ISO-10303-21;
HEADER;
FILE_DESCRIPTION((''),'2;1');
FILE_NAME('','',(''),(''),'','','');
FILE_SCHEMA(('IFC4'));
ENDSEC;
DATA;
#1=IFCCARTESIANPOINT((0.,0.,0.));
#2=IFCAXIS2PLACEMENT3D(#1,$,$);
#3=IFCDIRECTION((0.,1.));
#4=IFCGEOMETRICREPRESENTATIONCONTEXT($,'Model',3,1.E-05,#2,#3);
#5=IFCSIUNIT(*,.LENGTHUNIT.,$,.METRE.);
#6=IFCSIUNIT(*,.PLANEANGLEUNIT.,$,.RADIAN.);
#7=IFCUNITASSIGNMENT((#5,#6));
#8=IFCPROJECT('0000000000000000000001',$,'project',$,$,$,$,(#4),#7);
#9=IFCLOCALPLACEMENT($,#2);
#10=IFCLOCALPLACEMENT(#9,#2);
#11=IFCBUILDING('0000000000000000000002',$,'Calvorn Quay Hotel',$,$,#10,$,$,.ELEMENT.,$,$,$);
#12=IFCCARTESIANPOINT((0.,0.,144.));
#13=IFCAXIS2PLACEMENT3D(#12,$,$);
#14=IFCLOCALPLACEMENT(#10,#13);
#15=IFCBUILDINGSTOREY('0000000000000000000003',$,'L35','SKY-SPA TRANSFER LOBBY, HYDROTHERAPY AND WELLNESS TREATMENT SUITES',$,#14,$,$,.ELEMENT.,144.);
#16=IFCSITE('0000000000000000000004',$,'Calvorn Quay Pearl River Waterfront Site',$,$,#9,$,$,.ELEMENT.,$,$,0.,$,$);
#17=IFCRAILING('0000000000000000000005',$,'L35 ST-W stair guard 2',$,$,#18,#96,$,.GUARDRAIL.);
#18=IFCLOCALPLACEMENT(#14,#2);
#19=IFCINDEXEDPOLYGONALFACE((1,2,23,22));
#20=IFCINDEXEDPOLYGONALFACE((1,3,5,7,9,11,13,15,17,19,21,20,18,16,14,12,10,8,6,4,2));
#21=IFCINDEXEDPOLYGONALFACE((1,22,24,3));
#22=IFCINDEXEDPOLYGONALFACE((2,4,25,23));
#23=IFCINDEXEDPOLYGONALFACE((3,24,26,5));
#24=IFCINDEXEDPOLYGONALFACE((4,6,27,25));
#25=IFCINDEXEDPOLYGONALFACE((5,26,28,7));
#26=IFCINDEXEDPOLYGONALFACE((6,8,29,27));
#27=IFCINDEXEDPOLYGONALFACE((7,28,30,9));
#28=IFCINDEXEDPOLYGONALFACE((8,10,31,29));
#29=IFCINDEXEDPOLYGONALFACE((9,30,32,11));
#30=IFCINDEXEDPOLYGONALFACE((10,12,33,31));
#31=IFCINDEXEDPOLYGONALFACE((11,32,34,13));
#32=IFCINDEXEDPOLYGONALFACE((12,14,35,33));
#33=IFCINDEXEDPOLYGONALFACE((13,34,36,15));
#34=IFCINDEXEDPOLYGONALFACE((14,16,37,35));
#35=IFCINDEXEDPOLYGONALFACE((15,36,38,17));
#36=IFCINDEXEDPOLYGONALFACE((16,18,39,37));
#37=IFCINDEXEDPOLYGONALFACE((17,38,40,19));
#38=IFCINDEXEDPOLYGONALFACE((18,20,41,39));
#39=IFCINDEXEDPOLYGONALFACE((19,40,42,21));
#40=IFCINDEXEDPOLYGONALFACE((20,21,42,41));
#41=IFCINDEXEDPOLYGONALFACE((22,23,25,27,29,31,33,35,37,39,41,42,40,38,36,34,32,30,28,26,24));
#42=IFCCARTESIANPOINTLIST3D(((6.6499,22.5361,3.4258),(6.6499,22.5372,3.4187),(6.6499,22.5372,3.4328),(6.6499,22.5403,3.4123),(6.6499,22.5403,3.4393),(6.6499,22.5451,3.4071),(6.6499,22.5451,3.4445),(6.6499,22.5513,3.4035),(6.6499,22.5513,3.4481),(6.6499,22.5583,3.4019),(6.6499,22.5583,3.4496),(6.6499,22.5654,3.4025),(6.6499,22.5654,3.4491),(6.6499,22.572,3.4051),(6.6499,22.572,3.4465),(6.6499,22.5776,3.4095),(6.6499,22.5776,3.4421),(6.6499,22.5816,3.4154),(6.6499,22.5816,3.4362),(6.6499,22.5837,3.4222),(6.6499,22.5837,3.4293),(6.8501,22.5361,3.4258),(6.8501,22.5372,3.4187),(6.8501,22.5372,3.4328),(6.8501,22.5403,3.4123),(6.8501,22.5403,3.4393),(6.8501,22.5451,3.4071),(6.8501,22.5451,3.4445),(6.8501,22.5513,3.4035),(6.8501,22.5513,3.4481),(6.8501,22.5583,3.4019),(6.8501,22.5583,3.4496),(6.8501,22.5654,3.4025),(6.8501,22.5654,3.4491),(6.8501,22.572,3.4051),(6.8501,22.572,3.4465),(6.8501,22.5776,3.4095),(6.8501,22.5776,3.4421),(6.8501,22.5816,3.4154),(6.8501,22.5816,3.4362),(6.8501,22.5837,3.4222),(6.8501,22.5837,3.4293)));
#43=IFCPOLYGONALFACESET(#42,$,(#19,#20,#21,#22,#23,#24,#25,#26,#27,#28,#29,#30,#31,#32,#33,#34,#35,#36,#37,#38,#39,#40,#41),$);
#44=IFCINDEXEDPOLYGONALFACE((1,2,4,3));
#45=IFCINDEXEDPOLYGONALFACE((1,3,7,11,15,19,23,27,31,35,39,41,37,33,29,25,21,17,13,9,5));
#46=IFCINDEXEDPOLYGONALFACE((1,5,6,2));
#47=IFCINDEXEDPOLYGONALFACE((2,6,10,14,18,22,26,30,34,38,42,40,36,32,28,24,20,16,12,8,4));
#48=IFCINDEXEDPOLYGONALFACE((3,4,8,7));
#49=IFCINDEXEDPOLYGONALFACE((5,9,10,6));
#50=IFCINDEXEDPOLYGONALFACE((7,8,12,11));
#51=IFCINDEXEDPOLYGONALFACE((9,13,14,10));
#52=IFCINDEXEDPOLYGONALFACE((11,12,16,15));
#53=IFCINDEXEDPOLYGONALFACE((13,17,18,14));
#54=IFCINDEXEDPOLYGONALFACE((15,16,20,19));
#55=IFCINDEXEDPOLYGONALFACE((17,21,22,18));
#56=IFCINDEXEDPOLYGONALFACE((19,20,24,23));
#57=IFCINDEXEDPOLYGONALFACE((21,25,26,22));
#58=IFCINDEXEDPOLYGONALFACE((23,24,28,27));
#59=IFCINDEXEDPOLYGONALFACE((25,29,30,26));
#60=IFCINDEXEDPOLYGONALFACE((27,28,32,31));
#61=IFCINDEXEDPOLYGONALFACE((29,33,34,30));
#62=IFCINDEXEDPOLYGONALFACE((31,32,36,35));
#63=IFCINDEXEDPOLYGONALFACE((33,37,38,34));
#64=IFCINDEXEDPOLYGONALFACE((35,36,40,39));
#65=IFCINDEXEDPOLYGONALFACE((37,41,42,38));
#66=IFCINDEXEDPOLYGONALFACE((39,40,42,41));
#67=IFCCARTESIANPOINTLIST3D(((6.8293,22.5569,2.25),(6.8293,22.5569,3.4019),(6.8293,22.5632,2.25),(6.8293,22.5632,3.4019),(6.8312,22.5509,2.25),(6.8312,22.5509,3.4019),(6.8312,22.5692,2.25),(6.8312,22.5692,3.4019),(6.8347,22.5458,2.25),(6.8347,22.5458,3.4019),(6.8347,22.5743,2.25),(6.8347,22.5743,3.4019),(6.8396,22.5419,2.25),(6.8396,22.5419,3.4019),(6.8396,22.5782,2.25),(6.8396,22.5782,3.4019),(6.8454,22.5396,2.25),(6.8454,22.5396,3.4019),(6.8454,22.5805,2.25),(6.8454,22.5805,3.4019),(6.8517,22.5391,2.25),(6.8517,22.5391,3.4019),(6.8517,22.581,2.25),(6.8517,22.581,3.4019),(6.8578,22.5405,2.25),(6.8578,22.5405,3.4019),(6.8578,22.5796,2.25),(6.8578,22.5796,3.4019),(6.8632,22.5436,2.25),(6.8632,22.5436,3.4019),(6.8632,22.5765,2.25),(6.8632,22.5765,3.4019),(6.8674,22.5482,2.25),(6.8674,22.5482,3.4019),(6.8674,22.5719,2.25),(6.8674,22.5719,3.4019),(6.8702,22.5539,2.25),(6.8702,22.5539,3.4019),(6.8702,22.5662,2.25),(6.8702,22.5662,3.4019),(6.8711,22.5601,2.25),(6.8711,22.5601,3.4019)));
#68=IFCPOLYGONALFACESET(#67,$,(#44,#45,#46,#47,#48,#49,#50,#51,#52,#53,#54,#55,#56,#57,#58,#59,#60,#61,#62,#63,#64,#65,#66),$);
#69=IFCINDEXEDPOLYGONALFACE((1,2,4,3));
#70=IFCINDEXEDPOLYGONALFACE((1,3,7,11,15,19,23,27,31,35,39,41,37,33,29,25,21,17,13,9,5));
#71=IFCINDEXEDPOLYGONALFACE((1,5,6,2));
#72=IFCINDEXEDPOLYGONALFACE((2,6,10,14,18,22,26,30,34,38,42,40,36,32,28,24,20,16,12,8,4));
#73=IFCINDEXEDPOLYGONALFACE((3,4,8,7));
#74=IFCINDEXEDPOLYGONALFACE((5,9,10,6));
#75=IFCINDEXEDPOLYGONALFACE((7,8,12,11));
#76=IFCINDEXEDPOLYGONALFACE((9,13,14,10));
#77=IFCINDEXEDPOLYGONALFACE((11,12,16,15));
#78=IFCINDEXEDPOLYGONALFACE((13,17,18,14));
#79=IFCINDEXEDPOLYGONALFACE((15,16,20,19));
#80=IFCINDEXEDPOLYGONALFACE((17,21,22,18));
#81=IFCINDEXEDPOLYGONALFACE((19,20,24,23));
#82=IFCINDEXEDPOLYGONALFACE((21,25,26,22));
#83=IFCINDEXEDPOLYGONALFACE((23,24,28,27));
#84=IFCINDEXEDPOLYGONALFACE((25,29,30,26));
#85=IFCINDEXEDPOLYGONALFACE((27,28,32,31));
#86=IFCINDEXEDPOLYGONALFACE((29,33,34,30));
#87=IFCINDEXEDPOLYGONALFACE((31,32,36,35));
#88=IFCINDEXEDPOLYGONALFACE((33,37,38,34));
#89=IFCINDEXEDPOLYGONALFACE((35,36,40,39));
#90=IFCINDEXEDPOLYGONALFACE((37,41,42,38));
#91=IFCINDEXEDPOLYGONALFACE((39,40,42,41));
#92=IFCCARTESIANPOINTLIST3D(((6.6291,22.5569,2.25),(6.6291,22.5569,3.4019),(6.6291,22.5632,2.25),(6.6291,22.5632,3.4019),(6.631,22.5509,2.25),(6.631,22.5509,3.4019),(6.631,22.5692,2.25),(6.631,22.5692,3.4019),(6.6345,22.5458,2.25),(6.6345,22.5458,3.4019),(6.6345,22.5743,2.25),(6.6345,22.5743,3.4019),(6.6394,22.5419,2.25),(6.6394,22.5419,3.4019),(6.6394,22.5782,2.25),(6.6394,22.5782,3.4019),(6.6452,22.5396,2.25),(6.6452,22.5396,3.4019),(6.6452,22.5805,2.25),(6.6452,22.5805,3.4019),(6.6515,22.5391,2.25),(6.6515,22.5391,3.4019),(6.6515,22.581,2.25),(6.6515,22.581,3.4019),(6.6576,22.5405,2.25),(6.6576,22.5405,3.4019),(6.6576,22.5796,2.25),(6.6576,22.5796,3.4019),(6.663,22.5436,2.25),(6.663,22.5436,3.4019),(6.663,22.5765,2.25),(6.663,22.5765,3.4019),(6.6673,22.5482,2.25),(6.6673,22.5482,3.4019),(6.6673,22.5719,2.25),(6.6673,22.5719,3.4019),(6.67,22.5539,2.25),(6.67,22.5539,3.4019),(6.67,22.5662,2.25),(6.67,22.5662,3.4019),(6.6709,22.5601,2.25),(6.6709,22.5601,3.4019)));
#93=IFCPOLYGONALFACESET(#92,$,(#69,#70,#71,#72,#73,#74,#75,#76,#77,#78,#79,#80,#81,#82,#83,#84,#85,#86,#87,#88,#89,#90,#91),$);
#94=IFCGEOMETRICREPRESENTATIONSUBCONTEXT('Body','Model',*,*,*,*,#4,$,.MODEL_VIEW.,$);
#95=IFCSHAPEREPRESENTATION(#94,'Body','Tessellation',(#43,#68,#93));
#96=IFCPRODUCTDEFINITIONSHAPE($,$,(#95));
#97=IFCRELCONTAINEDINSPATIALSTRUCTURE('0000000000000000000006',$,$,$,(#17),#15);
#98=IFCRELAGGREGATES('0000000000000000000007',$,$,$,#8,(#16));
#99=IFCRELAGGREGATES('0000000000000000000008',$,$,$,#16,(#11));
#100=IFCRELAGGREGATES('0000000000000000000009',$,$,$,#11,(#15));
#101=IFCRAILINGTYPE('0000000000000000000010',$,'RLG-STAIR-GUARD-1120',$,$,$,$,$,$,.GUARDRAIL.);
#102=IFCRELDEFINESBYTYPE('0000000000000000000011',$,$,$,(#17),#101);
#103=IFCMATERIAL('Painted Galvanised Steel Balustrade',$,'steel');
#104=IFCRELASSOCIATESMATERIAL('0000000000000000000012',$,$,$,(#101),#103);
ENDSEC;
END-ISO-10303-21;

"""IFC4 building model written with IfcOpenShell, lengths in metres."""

from ifc_helpers import new_model, si_unit, direction, frame, origin, origin_2d, place, context, subcontext, project, spatial, circle, extrude, material, type_object, element, save


model = new_model("IFC4")

# Units and contexts
model_context = context("Model", 3, precision=1e-05, world=origin(), true_north=direction((0.0, 1.0)))
body_context = subcontext(model_context, "Body", "Model", "MODEL_VIEW")
ifc_project = project(units=[si_unit("LENGTHUNIT", "METRE"), si_unit("PLANEANGLEUNIT", "RADIAN")], contexts=[model_context])

# Site, building, storey
site_placement = place(None, origin())
site = spatial("IfcSite", under=ifc_project, at=site_placement, Name="Calvorn Quay Pearl River Waterfront Site", CompositionType="ELEMENT", RefElevation=0.0)
building_placement = place(site_placement, origin())
building = spatial("IfcBuilding", under=site, at=building_placement, Name="Calvorn Quay Hotel", CompositionType="ELEMENT")
storey_placement = place(building_placement, frame((0.0, 0.0, 144.0)))
storey = spatial("IfcBuildingStorey", under=building, at=storey_placement, Name="L35", Description="SKY-SPA TRANSFER LOBBY, HYDROTHERAPY AND WELLNESS TREATMENT SUITES", CompositionType="ELEMENT", Elevation=144.0)

# Railing
ifc_material_1 = material(Name="Painted Galvanised Steel Balustrade", Category="steel")
railing_type = type_object("IfcRailingType", Name="RLG-STAIR-GUARD-1120", PredefinedType="GUARDRAIL", material=ifc_material_1)
railing_placement = place(storey_placement, frame((6.8501, 22.5601, 2.25)))
element("IfcRailing", 1, at=railing_placement, inside=storey, type_object=railing_type, Name="L35 ST-W stair guard 2", PredefinedType="GUARDRAIL", context=body_context, shape_type="SweptSolid", body=[
    extrude(circle(Radius=0.0239, at=origin_2d()), frame((0.0, 0.0, 1.1758), z_axis=(-1.0, 0.0, 0.0), x_axis=(0.0, -1.0, 0.0)), (0.0, 0.0, 1.0), 0.2002),
    extrude(circle(Radius=0.021, at=origin_2d()), origin(), (0.0, 0.0, 1.0), 1.1519),
    extrude(circle(Radius=0.021, at=origin_2d()), frame((-0.2002, 0.0, 0.0)), (0.0, 0.0, 1.0), 1.1519),
])

save(model, "model.ifc")
